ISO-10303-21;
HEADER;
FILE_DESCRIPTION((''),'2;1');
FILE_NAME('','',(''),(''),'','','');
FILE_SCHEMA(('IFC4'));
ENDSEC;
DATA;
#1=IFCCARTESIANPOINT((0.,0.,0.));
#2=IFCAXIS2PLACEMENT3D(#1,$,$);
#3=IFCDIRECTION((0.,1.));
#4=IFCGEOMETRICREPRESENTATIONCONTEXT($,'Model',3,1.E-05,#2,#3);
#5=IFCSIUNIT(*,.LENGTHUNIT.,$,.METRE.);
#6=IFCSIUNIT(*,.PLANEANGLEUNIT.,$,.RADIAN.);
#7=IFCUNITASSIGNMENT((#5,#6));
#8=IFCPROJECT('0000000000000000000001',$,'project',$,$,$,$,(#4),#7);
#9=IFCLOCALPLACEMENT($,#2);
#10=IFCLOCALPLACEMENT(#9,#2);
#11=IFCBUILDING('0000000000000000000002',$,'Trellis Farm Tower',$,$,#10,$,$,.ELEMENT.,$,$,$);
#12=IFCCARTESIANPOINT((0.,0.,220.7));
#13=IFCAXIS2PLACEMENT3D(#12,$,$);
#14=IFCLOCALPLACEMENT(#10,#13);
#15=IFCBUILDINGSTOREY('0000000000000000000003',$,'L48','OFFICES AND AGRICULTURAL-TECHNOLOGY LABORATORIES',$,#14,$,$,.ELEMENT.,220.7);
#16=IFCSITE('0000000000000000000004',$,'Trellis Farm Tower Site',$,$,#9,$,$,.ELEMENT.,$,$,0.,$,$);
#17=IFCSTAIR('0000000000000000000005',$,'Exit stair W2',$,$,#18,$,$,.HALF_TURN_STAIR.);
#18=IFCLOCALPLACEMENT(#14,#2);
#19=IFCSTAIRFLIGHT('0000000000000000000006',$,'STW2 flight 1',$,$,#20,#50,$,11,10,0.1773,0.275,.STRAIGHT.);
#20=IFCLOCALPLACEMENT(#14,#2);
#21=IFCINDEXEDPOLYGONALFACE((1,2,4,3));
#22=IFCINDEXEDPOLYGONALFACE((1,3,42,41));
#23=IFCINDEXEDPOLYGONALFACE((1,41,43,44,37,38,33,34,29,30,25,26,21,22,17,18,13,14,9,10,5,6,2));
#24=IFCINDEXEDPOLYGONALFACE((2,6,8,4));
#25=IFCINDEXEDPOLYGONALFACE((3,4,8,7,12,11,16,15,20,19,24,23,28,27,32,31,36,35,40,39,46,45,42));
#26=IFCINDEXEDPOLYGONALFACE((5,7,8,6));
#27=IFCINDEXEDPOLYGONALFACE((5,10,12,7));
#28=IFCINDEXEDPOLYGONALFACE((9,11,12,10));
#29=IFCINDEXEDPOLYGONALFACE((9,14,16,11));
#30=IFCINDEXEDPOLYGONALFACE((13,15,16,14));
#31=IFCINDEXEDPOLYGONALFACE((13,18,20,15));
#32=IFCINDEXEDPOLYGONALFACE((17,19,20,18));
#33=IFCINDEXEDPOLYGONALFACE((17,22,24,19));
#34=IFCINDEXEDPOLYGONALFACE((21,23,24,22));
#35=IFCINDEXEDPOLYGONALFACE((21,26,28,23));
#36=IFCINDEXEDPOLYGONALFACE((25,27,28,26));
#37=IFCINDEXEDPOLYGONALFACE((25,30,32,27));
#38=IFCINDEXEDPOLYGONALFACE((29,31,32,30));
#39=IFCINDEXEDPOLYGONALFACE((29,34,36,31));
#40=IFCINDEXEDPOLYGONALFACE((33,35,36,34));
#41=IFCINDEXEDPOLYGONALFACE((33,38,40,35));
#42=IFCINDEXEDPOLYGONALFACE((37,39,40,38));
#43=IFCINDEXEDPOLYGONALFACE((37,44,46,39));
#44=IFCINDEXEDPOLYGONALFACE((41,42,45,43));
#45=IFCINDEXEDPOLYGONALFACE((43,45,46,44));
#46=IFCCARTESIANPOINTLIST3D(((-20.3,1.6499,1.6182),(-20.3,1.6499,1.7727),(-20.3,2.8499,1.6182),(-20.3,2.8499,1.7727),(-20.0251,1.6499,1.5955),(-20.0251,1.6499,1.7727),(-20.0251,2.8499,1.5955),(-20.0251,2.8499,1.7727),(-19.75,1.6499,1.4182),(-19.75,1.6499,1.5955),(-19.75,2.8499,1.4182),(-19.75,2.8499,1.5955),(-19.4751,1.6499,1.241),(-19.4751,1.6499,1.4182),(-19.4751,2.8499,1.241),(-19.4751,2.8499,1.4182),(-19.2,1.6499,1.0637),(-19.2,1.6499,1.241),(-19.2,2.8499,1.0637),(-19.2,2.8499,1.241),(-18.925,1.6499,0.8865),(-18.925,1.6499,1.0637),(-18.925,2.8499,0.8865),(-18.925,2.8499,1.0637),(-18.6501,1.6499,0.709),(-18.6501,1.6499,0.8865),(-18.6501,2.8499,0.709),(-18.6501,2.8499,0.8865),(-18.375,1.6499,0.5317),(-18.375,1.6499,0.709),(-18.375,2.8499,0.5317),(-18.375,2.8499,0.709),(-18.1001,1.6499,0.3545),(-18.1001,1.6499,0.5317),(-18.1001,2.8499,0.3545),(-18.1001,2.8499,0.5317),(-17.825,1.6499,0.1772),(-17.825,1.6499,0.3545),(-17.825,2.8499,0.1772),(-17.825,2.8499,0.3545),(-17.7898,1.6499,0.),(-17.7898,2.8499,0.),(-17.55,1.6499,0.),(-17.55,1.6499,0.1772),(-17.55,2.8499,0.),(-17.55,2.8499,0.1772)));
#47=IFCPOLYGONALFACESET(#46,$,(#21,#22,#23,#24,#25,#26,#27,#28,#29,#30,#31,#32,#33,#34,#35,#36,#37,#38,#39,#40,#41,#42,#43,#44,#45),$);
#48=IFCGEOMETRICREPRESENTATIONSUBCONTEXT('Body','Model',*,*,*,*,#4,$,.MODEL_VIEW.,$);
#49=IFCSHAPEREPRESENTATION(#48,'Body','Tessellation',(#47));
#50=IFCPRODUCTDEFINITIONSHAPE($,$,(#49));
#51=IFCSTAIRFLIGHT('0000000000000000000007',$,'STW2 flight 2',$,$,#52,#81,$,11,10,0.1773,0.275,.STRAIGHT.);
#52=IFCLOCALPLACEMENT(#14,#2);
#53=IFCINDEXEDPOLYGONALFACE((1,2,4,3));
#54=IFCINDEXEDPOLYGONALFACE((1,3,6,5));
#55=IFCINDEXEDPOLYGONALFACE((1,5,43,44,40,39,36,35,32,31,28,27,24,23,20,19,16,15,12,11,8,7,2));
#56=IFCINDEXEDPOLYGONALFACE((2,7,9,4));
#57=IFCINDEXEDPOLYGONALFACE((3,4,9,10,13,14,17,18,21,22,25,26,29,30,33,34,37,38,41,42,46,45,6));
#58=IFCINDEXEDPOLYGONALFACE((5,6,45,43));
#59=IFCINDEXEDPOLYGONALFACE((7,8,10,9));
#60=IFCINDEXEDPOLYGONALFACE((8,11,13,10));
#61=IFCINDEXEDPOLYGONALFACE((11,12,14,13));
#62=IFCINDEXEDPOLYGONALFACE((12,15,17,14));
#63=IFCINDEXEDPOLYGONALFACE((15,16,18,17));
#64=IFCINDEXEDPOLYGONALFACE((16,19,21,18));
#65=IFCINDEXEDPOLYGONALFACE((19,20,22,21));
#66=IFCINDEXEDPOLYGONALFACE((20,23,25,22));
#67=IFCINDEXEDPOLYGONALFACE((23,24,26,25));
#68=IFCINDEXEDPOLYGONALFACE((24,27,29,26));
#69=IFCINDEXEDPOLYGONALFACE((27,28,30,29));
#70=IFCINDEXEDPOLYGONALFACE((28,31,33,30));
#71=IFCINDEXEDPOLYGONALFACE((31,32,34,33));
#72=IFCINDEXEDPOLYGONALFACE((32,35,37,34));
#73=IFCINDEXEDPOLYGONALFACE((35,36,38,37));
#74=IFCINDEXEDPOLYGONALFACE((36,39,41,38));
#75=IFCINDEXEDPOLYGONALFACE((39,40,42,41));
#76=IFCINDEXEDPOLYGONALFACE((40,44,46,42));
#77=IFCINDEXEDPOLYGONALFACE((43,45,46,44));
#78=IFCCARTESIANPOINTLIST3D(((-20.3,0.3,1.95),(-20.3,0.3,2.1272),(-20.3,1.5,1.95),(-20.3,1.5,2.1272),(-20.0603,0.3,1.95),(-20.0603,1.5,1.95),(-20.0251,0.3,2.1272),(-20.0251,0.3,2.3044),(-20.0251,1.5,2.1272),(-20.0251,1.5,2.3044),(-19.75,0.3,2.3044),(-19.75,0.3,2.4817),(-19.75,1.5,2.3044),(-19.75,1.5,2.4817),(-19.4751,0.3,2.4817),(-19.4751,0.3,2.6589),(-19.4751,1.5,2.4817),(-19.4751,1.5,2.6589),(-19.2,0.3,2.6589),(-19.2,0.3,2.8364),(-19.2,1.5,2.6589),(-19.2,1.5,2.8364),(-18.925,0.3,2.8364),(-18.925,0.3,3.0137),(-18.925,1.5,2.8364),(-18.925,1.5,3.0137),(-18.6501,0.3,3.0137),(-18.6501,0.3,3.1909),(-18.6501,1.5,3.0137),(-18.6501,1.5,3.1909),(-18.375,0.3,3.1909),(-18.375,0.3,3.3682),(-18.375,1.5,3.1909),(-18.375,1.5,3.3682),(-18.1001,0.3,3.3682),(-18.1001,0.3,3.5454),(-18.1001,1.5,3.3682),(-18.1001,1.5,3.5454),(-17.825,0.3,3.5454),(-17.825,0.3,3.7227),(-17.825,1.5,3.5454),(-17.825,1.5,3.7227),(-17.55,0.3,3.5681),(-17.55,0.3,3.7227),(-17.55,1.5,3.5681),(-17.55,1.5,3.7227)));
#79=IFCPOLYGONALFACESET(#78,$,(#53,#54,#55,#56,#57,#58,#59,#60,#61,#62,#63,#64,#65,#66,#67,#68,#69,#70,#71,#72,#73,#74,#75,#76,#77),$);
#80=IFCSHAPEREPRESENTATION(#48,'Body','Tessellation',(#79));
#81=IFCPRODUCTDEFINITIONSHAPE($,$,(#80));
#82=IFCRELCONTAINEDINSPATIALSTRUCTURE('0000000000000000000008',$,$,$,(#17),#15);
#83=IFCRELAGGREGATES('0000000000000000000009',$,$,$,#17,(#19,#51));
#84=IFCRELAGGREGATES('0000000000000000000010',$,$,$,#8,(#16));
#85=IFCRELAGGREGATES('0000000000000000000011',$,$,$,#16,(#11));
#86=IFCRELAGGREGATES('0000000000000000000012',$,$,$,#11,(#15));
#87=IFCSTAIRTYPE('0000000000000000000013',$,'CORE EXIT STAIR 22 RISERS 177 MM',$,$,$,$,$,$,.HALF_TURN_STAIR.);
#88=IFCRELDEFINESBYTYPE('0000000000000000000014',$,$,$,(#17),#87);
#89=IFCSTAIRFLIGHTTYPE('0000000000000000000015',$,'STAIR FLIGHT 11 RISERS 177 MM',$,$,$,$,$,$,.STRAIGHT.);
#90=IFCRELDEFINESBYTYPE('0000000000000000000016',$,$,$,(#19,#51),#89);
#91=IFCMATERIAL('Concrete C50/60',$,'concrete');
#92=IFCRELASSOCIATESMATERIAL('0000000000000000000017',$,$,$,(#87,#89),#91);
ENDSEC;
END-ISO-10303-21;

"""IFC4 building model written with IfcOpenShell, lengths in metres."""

from ifc_helpers import new_model, si_unit, direction, frame, origin, place, context, subcontext, project, spatial, polyline, outline, extrude, source, transform, mapped, material, type_object, element, aggregate, save


model = new_model("IFC4")

# Units and contexts
model_context = context("Model", 3, precision=1e-05, world=origin(), true_north=direction((0.0, 1.0)))
body_context = subcontext(model_context, "Body", "Model", "MODEL_VIEW")
ifc_project = project(units=[si_unit("LENGTHUNIT", "METRE"), si_unit("PLANEANGLEUNIT", "RADIAN")], contexts=[model_context])

# Site, building, storey
site_placement = place(None, origin())
site = spatial("IfcSite", under=ifc_project, at=site_placement, Name="Trellis Farm Tower Site", CompositionType="ELEMENT", RefElevation=0.0)
building_placement = place(site_placement, origin())
building = spatial("IfcBuilding", under=site, at=building_placement, Name="Trellis Farm Tower", CompositionType="ELEMENT")
storey_placement = place(building_placement, frame((0.0, 0.0, 220.7)))
storey = spatial("IfcBuildingStorey", under=building, at=storey_placement, Name="L48", Description="OFFICES AND AGRICULTURAL-TECHNOLOGY LABORATORIES", CompositionType="ELEMENT", Elevation=220.7)

# Shared definitions
placement = place(storey_placement, origin())

# Stair, stair flights
ifc_material_1 = material(Name="Concrete C50/60", Category="concrete")
stair_type = type_object("IfcStairType", Name="CORE EXIT STAIR 22 RISERS 177 MM", PredefinedType="HALF_TURN_STAIR", material=ifc_material_1)
stair_flight_type = type_object("IfcStairFlightType", Name="STAIR FLIGHT 11 RISERS 177 MM", PredefinedType="STRAIGHT", material=ifc_material_1)
shared_shape_1 = source(origin(), body_context, "Body", "SweptSolid", [
    extrude(outline(polyline([(0.0, 0.0), (0.0, 0.1772), (0.2749, 0.1772), (0.2749, 0.3545), (0.55, 0.3545), (0.55, 0.5317), (0.825, 0.5317), (0.825, 0.709), (1.1001, 0.709), (1.1001, 0.8865), (1.375, 0.8865), (1.375, 1.0637), (1.6499, 1.0637), (1.6499, 1.241), (1.925, 1.241), (1.925, 1.4182), (2.2, 1.4182), (2.2, 1.5955), (2.4751, 1.5955), (2.4751, 1.7727), (2.75, 1.7727), (2.75, 1.95), (2.75, 1.6182), (0.2397, 0.0), (0.0, 0.0)])), frame((0.0, 0.6001, 0.0), z_axis=(0.0, -1.0, 0.0), x_axis=(1.0, 0.0, 0.0)), (0.0, 0.0, 1.0), 1.2),
])
stair_1 = element("IfcStair", 1, at=placement, inside=storey, type_object=stair_type, Name="Exit stair W2", PredefinedType="HALF_TURN_STAIR")
stair_flight_1_placement = place(storey_placement, frame((-17.55, 2.25, 0.0), z_axis=(0.0, 0.0, 1.0), x_axis=(-1.0, 0.0, 0.0)))
stair_flight_1 = element("IfcStairFlight", 2, at=stair_flight_1_placement, type_object=stair_flight_type, Name="STW2 flight 1", NumberOfRisers=11, NumberOfTreads=10, PredefinedType="STRAIGHT", RiserHeight=0.1773, TreadLength=0.275, context=body_context, shape_type="MappedRepresentation", body=[
    mapped(shared_shape_1, transform((0.0, 0.0, 0.0))),
])
stair_flight_2_placement = place(storey_placement, frame((-20.3, 0.8999, 1.95), z_axis=(0.0, 0.0, 1.0), x_axis=(1.0, 0.0, 0.0)))
stair_flight_2 = element("IfcStairFlight", 3, at=stair_flight_2_placement, type_object=stair_flight_type, Name="STW2 flight 2", NumberOfRisers=11, NumberOfTreads=10, PredefinedType="STRAIGHT", RiserHeight=0.1773, TreadLength=0.275, context=body_context, shape_type="MappedRepresentation", body=[
    mapped(shared_shape_1, transform((0.0, 0.0, 0.0))),
])
aggregate(stair_1, [stair_flight_1, stair_flight_2])

save(model, "model.ifc")
